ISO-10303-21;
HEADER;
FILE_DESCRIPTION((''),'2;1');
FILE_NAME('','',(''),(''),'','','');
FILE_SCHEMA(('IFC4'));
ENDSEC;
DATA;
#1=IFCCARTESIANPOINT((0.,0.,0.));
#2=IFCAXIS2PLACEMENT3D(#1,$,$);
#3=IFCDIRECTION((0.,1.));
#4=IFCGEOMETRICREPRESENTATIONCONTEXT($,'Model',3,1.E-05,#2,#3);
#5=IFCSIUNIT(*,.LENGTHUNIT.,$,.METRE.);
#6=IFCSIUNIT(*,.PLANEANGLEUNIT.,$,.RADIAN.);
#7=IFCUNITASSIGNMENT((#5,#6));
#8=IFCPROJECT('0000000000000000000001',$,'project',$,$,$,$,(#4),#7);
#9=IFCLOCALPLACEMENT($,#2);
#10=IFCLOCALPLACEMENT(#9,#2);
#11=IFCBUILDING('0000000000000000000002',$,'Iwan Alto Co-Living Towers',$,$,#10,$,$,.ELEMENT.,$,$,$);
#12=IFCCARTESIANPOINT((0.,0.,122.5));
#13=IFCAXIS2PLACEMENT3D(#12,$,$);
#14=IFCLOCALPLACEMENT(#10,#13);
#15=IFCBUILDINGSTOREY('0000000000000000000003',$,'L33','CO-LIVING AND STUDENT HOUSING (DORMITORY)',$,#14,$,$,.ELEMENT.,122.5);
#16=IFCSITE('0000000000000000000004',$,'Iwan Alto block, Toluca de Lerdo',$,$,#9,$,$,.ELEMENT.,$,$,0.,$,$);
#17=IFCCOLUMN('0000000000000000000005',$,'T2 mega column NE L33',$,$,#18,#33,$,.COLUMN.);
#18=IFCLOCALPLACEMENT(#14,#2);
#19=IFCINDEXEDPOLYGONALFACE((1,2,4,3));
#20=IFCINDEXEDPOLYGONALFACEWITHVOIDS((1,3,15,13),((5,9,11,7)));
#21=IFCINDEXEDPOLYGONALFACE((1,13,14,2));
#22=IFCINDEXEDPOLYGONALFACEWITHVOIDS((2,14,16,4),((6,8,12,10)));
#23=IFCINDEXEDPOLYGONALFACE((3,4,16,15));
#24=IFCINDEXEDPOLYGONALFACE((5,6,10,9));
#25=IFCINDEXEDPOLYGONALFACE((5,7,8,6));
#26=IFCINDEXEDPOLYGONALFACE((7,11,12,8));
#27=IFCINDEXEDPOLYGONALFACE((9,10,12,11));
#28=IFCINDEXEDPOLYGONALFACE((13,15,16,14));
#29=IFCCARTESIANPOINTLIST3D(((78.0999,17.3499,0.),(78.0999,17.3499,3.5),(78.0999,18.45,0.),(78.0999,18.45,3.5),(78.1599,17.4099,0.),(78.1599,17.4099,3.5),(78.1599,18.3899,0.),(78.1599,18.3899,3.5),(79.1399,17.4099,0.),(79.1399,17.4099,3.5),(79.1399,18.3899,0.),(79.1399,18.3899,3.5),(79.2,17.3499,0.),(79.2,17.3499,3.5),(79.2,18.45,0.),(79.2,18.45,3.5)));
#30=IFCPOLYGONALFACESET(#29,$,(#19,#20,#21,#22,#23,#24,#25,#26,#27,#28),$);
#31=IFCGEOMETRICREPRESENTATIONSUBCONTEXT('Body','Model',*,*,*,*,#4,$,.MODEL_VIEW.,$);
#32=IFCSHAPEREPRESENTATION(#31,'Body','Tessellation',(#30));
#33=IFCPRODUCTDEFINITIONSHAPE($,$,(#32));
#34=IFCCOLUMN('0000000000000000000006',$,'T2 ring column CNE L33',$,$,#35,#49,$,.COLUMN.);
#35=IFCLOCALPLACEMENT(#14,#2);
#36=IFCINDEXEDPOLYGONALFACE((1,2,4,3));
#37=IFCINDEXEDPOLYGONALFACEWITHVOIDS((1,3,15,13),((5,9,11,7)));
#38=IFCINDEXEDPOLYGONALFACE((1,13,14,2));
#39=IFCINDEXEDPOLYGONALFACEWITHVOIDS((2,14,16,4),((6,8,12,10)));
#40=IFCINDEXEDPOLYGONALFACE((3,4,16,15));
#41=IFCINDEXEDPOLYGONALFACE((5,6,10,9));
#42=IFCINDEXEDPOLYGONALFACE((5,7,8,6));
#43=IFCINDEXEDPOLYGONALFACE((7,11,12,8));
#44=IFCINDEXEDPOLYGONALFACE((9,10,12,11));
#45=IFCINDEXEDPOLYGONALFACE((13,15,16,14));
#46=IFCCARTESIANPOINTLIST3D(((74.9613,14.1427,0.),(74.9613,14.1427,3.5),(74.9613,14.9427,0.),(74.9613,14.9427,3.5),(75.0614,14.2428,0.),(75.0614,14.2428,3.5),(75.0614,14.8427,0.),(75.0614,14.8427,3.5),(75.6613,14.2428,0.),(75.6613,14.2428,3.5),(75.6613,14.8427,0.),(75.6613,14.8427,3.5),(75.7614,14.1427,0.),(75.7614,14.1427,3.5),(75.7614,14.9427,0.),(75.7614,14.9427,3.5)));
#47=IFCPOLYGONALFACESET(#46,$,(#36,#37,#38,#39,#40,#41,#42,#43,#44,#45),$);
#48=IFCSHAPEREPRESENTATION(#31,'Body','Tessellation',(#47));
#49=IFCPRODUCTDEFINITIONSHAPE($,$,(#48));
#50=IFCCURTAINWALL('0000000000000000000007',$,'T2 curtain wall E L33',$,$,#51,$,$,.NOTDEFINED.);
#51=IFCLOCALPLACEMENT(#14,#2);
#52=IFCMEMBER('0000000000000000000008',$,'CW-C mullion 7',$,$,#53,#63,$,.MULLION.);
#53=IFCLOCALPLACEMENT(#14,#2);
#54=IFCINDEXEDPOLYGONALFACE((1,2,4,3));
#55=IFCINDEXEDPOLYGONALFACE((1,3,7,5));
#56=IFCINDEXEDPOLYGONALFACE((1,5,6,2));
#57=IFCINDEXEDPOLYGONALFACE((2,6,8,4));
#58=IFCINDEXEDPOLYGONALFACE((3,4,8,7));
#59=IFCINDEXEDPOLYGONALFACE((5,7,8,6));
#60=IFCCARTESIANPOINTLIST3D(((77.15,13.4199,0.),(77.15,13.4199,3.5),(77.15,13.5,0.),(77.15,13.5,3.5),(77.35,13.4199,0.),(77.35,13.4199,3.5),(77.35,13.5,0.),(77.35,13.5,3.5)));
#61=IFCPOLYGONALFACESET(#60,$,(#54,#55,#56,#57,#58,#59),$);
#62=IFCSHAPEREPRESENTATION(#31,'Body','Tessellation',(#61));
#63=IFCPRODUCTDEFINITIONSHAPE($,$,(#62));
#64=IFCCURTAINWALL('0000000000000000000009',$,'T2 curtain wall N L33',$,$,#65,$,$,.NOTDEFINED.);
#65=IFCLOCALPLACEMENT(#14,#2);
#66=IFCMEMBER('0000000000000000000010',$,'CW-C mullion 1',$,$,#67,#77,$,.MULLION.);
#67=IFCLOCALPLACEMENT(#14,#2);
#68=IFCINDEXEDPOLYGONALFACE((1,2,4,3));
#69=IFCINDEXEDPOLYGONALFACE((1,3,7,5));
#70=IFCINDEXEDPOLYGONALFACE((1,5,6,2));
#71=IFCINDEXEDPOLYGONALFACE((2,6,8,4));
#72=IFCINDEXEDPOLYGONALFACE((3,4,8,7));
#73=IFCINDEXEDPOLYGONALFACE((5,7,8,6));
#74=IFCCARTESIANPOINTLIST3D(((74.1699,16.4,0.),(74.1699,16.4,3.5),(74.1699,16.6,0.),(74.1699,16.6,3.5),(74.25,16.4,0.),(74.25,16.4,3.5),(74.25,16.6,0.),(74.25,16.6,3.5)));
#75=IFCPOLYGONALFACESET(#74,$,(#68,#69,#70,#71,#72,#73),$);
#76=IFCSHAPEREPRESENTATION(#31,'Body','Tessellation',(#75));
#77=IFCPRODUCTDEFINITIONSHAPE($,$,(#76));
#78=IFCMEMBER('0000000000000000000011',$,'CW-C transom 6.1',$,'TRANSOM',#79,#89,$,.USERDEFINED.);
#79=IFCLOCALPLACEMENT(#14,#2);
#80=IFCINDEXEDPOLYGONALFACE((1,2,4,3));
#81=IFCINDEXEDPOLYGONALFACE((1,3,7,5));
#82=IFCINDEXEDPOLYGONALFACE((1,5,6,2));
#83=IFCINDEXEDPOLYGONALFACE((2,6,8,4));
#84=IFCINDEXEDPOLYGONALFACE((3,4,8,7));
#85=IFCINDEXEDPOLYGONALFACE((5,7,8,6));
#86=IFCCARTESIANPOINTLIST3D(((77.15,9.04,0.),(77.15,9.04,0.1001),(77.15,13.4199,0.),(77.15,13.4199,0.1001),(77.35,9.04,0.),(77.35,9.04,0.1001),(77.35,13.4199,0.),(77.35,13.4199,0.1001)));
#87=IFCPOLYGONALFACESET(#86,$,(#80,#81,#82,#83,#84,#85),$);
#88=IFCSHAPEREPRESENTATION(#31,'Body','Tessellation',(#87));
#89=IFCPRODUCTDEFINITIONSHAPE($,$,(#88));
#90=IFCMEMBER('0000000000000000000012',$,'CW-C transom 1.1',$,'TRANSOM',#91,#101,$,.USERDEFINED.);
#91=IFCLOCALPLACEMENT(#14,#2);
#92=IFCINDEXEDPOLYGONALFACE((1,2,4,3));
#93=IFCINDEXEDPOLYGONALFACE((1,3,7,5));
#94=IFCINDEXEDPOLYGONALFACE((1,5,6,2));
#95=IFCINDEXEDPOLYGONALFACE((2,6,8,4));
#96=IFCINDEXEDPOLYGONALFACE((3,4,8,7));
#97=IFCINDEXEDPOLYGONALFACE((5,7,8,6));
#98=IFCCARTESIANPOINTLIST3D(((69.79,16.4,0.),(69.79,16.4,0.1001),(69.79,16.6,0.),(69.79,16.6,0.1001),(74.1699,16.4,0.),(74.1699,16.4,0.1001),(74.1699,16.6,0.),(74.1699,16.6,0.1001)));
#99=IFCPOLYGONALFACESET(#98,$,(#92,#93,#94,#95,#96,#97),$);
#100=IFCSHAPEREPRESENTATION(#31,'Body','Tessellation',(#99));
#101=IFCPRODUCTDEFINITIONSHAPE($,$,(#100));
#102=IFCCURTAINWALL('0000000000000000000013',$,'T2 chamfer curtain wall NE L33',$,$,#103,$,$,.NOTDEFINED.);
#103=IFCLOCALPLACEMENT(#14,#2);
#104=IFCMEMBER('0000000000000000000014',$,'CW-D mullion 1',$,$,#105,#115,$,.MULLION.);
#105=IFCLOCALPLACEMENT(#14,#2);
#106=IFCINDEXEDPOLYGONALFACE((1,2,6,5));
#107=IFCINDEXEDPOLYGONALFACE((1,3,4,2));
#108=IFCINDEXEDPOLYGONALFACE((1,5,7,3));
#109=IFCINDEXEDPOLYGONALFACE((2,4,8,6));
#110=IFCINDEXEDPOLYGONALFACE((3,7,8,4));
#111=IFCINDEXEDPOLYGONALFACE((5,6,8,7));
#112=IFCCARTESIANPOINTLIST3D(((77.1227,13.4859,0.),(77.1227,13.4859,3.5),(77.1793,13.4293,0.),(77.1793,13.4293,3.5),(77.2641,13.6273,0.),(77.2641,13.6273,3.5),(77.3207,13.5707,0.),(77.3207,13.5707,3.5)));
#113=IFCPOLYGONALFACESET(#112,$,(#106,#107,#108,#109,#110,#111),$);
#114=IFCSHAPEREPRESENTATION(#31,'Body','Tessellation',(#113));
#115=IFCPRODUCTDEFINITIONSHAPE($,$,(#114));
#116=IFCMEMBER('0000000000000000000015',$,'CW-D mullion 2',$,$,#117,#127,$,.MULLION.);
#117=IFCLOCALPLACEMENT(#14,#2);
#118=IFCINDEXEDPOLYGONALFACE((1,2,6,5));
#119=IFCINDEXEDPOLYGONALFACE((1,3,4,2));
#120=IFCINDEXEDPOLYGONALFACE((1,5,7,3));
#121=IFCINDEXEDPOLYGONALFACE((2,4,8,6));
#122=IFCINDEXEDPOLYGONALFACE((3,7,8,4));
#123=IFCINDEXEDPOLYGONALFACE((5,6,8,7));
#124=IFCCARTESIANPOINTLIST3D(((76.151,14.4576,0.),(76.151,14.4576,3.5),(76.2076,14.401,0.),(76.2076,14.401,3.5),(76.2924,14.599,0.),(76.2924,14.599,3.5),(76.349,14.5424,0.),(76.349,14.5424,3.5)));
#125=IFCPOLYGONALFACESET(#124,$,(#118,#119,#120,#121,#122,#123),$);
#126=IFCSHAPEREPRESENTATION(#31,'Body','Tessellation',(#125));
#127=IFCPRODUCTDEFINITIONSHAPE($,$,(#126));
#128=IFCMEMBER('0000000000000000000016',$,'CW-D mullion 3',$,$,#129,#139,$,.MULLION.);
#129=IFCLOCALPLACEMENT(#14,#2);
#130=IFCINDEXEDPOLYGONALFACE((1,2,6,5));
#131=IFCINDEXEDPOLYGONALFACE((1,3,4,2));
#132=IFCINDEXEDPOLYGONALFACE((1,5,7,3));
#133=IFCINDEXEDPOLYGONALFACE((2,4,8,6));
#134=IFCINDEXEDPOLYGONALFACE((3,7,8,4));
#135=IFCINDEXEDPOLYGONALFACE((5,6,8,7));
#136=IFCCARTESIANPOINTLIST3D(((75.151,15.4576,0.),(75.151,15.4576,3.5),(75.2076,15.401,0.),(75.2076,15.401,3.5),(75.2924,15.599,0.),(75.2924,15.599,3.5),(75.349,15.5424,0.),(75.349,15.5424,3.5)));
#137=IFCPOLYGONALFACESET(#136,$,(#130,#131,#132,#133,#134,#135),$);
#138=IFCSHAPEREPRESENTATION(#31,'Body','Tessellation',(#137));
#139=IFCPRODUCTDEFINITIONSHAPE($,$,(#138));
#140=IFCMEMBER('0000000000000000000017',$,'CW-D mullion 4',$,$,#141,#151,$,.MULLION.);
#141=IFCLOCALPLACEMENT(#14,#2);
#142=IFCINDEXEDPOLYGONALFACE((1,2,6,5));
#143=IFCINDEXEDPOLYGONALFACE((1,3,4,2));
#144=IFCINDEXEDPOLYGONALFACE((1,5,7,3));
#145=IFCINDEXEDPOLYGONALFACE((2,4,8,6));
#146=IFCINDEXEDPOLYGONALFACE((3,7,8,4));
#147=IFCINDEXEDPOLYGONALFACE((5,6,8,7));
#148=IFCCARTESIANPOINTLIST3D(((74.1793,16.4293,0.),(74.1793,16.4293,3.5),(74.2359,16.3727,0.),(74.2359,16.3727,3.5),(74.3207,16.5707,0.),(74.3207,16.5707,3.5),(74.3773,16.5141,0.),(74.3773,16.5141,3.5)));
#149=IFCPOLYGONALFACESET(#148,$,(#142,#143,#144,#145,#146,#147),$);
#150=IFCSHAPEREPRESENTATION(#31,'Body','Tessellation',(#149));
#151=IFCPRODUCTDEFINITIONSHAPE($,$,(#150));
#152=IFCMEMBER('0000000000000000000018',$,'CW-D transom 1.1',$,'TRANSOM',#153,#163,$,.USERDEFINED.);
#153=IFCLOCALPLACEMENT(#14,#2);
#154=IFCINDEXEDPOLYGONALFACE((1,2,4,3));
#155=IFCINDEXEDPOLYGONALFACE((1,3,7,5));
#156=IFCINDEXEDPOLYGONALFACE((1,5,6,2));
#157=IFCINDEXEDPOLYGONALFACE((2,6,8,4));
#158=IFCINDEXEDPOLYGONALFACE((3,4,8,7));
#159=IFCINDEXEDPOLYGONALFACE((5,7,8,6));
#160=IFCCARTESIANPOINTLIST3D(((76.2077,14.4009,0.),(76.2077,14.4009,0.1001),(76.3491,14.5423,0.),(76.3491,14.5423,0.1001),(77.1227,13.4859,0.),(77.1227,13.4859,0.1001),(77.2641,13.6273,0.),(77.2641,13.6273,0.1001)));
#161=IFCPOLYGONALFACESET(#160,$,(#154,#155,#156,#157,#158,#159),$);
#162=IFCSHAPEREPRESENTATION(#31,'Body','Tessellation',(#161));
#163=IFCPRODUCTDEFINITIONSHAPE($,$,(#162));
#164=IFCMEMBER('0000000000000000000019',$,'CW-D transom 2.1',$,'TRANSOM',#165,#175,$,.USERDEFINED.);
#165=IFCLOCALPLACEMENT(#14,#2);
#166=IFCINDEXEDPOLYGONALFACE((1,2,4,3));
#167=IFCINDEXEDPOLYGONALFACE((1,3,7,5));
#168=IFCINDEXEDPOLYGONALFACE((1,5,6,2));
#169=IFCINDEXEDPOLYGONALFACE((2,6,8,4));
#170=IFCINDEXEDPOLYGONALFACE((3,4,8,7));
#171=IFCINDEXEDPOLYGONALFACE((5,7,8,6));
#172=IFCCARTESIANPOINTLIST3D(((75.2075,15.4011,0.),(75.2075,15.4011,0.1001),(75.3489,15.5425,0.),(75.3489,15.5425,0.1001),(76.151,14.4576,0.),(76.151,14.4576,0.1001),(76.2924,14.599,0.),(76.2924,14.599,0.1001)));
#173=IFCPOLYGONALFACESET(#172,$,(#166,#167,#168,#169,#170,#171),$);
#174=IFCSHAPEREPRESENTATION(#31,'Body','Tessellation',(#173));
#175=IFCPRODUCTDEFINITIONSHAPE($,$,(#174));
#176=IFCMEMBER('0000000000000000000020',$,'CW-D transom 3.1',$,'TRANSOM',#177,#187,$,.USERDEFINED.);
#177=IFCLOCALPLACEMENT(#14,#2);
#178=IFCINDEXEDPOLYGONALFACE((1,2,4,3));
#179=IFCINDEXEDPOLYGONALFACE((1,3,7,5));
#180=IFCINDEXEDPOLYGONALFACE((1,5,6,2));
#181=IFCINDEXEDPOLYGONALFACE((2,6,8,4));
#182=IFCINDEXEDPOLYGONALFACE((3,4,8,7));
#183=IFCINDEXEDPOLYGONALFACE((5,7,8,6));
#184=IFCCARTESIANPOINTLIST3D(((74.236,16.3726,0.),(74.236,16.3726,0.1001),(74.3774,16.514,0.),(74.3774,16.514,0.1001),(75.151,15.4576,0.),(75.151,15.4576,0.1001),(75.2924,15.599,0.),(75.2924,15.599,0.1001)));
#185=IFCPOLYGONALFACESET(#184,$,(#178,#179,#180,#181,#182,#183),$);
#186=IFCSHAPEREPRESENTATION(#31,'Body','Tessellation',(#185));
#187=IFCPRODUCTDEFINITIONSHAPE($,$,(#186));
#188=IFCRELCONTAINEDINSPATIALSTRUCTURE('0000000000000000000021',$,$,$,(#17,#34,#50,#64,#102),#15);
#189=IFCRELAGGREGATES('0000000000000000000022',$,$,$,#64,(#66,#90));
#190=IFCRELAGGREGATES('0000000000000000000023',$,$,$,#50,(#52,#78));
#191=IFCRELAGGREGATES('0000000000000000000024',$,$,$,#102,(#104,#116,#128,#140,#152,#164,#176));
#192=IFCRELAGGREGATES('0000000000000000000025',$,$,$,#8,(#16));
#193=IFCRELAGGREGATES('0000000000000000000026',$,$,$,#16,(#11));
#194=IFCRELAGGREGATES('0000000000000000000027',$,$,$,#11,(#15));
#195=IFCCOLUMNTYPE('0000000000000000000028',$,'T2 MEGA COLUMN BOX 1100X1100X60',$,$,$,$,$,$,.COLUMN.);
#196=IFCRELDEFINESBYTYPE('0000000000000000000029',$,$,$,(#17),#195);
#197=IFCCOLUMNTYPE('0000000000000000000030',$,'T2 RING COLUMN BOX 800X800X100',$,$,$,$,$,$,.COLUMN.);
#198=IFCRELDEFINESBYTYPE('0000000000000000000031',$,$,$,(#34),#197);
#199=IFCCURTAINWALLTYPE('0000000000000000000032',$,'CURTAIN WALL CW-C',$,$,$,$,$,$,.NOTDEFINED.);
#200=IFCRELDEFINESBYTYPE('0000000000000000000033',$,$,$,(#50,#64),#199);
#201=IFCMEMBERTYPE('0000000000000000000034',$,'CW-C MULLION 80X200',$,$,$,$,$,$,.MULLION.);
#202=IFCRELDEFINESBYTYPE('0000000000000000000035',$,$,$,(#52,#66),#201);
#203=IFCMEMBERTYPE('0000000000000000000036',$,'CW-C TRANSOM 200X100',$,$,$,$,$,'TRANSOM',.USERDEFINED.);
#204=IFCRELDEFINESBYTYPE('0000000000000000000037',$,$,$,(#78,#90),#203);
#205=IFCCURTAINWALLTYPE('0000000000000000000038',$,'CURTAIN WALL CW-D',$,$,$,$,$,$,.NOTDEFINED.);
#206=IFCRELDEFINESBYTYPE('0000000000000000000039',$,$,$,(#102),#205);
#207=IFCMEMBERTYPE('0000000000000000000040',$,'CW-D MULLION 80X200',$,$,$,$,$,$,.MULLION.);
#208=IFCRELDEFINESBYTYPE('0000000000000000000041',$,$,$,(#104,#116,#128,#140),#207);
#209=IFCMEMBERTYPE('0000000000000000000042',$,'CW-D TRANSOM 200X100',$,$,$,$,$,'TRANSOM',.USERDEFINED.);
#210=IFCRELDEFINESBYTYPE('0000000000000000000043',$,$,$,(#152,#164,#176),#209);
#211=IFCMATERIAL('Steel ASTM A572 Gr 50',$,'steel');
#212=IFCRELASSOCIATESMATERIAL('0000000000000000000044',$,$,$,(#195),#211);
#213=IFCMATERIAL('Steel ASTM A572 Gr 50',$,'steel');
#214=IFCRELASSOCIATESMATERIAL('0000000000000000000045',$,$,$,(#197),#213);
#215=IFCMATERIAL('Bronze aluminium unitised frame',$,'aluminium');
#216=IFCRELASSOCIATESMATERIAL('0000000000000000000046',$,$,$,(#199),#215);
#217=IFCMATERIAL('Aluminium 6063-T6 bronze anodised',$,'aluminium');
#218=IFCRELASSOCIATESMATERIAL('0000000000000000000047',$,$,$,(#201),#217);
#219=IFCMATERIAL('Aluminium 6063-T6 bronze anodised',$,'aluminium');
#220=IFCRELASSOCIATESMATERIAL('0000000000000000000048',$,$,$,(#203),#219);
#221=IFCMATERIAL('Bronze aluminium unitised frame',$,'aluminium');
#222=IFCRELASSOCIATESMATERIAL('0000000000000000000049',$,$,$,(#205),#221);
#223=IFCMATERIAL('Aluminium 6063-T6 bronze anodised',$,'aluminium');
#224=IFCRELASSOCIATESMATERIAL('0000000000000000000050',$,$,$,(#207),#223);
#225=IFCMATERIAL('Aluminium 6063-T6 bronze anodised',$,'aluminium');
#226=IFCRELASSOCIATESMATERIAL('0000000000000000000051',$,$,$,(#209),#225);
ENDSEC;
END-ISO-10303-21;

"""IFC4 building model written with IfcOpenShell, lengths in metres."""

from ifc_helpers import new_model, si_unit, direction, frame, origin, origin_2d, place, context, subcontext, project, spatial, rectangle, hollow_rectangle, extrude, material, material_profile, profile_set, type_object, element, aggregate, save


model = new_model("IFC4")

# Units and contexts
model_context = context("Model", 3, precision=1e-05, world=origin(), true_north=direction((0.0, 1.0)))
body_context = subcontext(model_context, "Body", "Model", "MODEL_VIEW")
ifc_project = project(units=[si_unit("LENGTHUNIT", "METRE"), si_unit("PLANEANGLEUNIT", "RADIAN")], contexts=[model_context])

# Site, building, storey
site_placement = place(None, origin())
site = spatial("IfcSite", under=ifc_project, at=site_placement, Name="Iwan Alto block, Toluca de Lerdo", CompositionType="ELEMENT", RefElevation=0.0)
building_placement = place(site_placement, origin())
building = spatial("IfcBuilding", under=site, at=building_placement, Name="Iwan Alto Co-Living Towers", CompositionType="ELEMENT")
storey_placement = place(building_placement, frame((0.0, 0.0, 122.5)))
storey = spatial("IfcBuildingStorey", under=building, at=storey_placement, Name="L33", Description="CO-LIVING AND STUDENT HOUSING (DORMITORY)", CompositionType="ELEMENT", Elevation=122.5)

# Columns
ifc_material_1 = material(Name="Steel ASTM A572 Gr 50", Category="steel")
ifc_material_profile_1 = material_profile(ifc_material_1, hollow_rectangle(XDim=1.1001, YDim=1.1001, WallThickness=0.0601, at=origin_2d()), Name="BOX 1100X1100X60")
ifc_profile_set_1 = profile_set([ifc_material_profile_1], Name="Steel ASTM A572 Gr 50")
column_type_1 = type_object("IfcColumnType", Name="T2 MEGA COLUMN BOX 1100X1100X60", PredefinedType="COLUMN", material=ifc_profile_set_1)
column_1_placement = place(storey_placement, frame((78.6499, 17.8999, 0.0), z_axis=(0.0, 0.0, 1.0), x_axis=(1.0, 0.0, 0.0)))
element("IfcColumn", 1, at=column_1_placement, inside=storey, type_object=column_type_1, Name="T2 mega column NE L33", PredefinedType="COLUMN", context=body_context, shape_type="SweptSolid", body=[
    extrude(hollow_rectangle(XDim=1.1001, YDim=1.1001, WallThickness=0.0601, at=origin_2d()), origin(), (0.0, 0.0, 1.0), 3.5),
])
ifc_material_2 = material(Name="Steel ASTM A572 Gr 50", Category="steel")
ifc_material_profile_2 = material_profile(ifc_material_2, hollow_rectangle(XDim=0.8, YDim=0.8, WallThickness=0.1001, at=origin_2d()), Name="BOX 800X800X100")
ifc_profile_set_2 = profile_set([ifc_material_profile_2], Name="Steel ASTM A572 Gr 50")
column_type_2 = type_object("IfcColumnType", Name="T2 RING COLUMN BOX 800X800X100", PredefinedType="COLUMN", material=ifc_profile_set_2)
column_2_placement = place(storey_placement, frame((75.3613, 14.5427, 0.0), z_axis=(0.0, 0.0, 1.0), x_axis=(1.0, 0.0, 0.0)))
element("IfcColumn", 2, at=column_2_placement, inside=storey, type_object=column_type_2, Name="T2 ring column CNE L33", PredefinedType="COLUMN", context=body_context, shape_type="SweptSolid", body=[
    extrude(hollow_rectangle(XDim=0.8, YDim=0.8, WallThickness=0.1001, at=origin_2d()), origin(), (0.0, 0.0, 1.0), 3.5),
])

# Curtain walls, members
ifc_material_3 = material(Name="Bronze aluminium unitised frame", Category="aluminium")
curtain_wall_type_1 = type_object("IfcCurtainWallType", Name="CURTAIN WALL CW-C", PredefinedType="NOTDEFINED", material=ifc_material_3)
curtain_wall_1_placement = place(storey_placement, origin())
curtain_wall_1 = element("IfcCurtainWall", 3, at=curtain_wall_1_placement, inside=storey, type_object=curtain_wall_type_1, Name="T2 curtain wall E L33", PredefinedType="NOTDEFINED")
ifc_material_4 = material(Name="Aluminium 6063-T6 bronze anodised", Category="aluminium")
ifc_material_profile_3 = material_profile(ifc_material_4, rectangle(XDim=0.2, YDim=0.0801, at=origin_2d()), Name="AL 80X200")
ifc_profile_set_3 = profile_set([ifc_material_profile_3], Name="Aluminium 6063-T6 bronze anodised")
member_type_1 = type_object("IfcMemberType", Name="CW-C MULLION 80X200", PredefinedType="MULLION", material=ifc_profile_set_3)
member_1_placement = place(storey_placement, frame((77.25, 13.46, 0.0), z_axis=(0.0, 0.0, 1.0), x_axis=(-1.0, 0.0, 0.0)))
member_1 = element("IfcMember", 4, at=member_1_placement, type_object=member_type_1, Name="CW-C mullion 7", PredefinedType="MULLION", context=body_context, shape_type="SweptSolid", body=[
    extrude(rectangle(XDim=0.2, YDim=0.0801, at=origin_2d()), origin(), (0.0, 0.0, 1.0), 3.5),
])
curtain_wall_2_placement = place(storey_placement, origin())
curtain_wall_2 = element("IfcCurtainWall", 5, at=curtain_wall_2_placement, inside=storey, type_object=curtain_wall_type_1, Name="T2 curtain wall N L33", PredefinedType="NOTDEFINED")
member_2_placement = place(storey_placement, frame((74.21, 16.5, 0.0), z_axis=(0.0, 0.0, 1.0), x_axis=(0.0, -1.0, 0.0)))
member_2 = element("IfcMember", 6, at=member_2_placement, type_object=member_type_1, Name="CW-C mullion 1", PredefinedType="MULLION", context=body_context, shape_type="SweptSolid", body=[
    extrude(rectangle(XDim=0.2, YDim=0.0801, at=origin_2d()), origin(), (0.0, 0.0, 1.0), 3.5),
])

# Members
ifc_material_5 = material(Name="Aluminium 6063-T6 bronze anodised", Category="aluminium")
ifc_material_profile_4 = material_profile(ifc_material_5, rectangle(XDim=0.2, YDim=0.1001, at=origin_2d()), Name="AL 200X100")
ifc_profile_set_4 = profile_set([ifc_material_profile_4], Name="Aluminium 6063-T6 bronze anodised")
member_type_2 = type_object("IfcMemberType", Name="CW-C TRANSOM 200X100", ElementType="TRANSOM", PredefinedType="USERDEFINED", material=ifc_profile_set_4)
member_3_placement = place(storey_placement, frame((77.25, 9.04, 0.05), z_axis=(0.0, 1.0, 0.0), x_axis=(-1.0, 0.0, 0.0)))
member_3 = element("IfcMember", 7, at=member_3_placement, type_object=member_type_2, Name="CW-C transom 6.1", ObjectType="TRANSOM", PredefinedType="USERDEFINED", context=body_context, shape_type="SweptSolid", body=[
    extrude(rectangle(XDim=0.2, YDim=0.1001, at=origin_2d()), origin(), (0.0, 0.0, 1.0), 4.3799),
])
member_4_placement = place(storey_placement, frame((74.1699, 16.5, 0.05), z_axis=(-1.0, 0.0, 0.0), x_axis=(0.0, -1.0, 0.0)))
member_4 = element("IfcMember", 8, at=member_4_placement, type_object=member_type_2, Name="CW-C transom 1.1", ObjectType="TRANSOM", PredefinedType="USERDEFINED", context=body_context, shape_type="SweptSolid", body=[
    extrude(rectangle(XDim=0.2, YDim=0.1001, at=origin_2d()), origin(), (0.0, 0.0, 1.0), 4.3799),
])
aggregate(curtain_wall_2, [member_2, member_4])

# Curtain wall, members
ifc_material_6 = material(Name="Bronze aluminium unitised frame", Category="aluminium")
curtain_wall_type_2 = type_object("IfcCurtainWallType", Name="CURTAIN WALL CW-D", PredefinedType="NOTDEFINED", material=ifc_material_6)
curtain_wall_3_placement = place(storey_placement, origin())
curtain_wall_3 = element("IfcCurtainWall", 9, at=curtain_wall_3_placement, inside=storey, type_object=curtain_wall_type_2, Name="T2 chamfer curtain wall NE L33", PredefinedType="NOTDEFINED")
ifc_material_7 = material(Name="Aluminium 6063-T6 bronze anodised", Category="aluminium")
ifc_material_profile_5 = material_profile(ifc_material_7, rectangle(XDim=0.2, YDim=0.0801, at=origin_2d()), Name="AL 80X200")
ifc_profile_set_5 = profile_set([ifc_material_profile_5], Name="Aluminium 6063-T6 bronze anodised")
member_type_3 = type_object("IfcMemberType", Name="CW-D MULLION 80X200", PredefinedType="MULLION", material=ifc_profile_set_5)
member_5_placement = place(storey_placement, frame((77.2217, 13.5283, 0.0), z_axis=(0.0, 0.0, 1.0), x_axis=(-0.707107, -0.707107, 0.0)))
member_5 = element("IfcMember", 10, at=member_5_placement, type_object=member_type_3, Name="CW-D mullion 1", PredefinedType="MULLION", context=body_context, shape_type="SweptSolid", body=[
    extrude(rectangle(XDim=0.2, YDim=0.0801, at=origin_2d()), origin(), (0.0, 0.0, 1.0), 3.5),
])
member_6_placement = place(storey_placement, frame((76.25, 14.5, 0.0), z_axis=(0.0, 0.0, 1.0), x_axis=(-0.707107, -0.707107, 0.0)))
member_6 = element("IfcMember", 11, at=member_6_placement, type_object=member_type_3, Name="CW-D mullion 2", PredefinedType="MULLION", context=body_context, shape_type="SweptSolid", body=[
    extrude(rectangle(XDim=0.2, YDim=0.0801, at=origin_2d()), origin(), (0.0, 0.0, 1.0), 3.5),
])
member_7_placement = place(storey_placement, frame((75.25, 15.5, 0.0), z_axis=(0.0, 0.0, 1.0), x_axis=(-0.707107, -0.707107, 0.0)))
member_7 = element("IfcMember", 12, at=member_7_placement, type_object=member_type_3, Name="CW-D mullion 3", PredefinedType="MULLION", context=body_context, shape_type="SweptSolid", body=[
    extrude(rectangle(XDim=0.2, YDim=0.0801, at=origin_2d()), origin(), (0.0, 0.0, 1.0), 3.5),
])
member_8_placement = place(storey_placement, frame((74.2783, 16.4717, 0.0), z_axis=(0.0, 0.0, 1.0), x_axis=(-0.707107, -0.707107, 0.0)))
member_8 = element("IfcMember", 13, at=member_8_placement, type_object=member_type_3, Name="CW-D mullion 4", PredefinedType="MULLION", context=body_context, shape_type="SweptSolid", body=[
    extrude(rectangle(XDim=0.2, YDim=0.0801, at=origin_2d()), origin(), (0.0, 0.0, 1.0), 3.5),
])
ifc_material_8 = material(Name="Aluminium 6063-T6 bronze anodised", Category="aluminium")
ifc_material_profile_6 = material_profile(ifc_material_8, rectangle(XDim=0.2, YDim=0.1001, at=origin_2d()), Name="AL 200X100")
ifc_profile_set_6 = profile_set([ifc_material_profile_6], Name="Aluminium 6063-T6 bronze anodised")
member_type_4 = type_object("IfcMemberType", Name="CW-D TRANSOM 200X100", ElementType="TRANSOM", PredefinedType="USERDEFINED", material=ifc_profile_set_6)
member_9_placement = place(storey_placement, frame((77.1934, 13.5566, 0.05), z_axis=(-0.707107, 0.707107, 0.0), x_axis=(-0.707107, -0.707107, 0.0)))
member_9 = element("IfcMember", 14, at=member_9_placement, type_object=member_type_4, Name="CW-D transom 1.1", ObjectType="TRANSOM", PredefinedType="USERDEFINED", context=body_context, shape_type="SweptSolid", body=[
    extrude(rectangle(XDim=0.2, YDim=0.1001, at=origin_2d()), origin(), (0.0, 0.0, 1.0), 1.2939),
])
member_10_placement = place(storey_placement, frame((76.2217, 14.5283, 0.05), z_axis=(-0.707107, 0.707107, 0.0), x_axis=(-0.707107, -0.707107, 0.0)))
member_10 = element("IfcMember", 15, at=member_10_placement, type_object=member_type_4, Name="CW-D transom 2.1", ObjectType="TRANSOM", PredefinedType="USERDEFINED", context=body_context, shape_type="SweptSolid", body=[
    extrude(rectangle(XDim=0.2, YDim=0.1001, at=origin_2d()), origin(), (0.0, 0.0, 1.0), 1.3342),
])
member_11_placement = place(storey_placement, frame((75.2217, 15.5283, 0.05), z_axis=(-0.707107, 0.707107, 0.0), x_axis=(-0.707107, -0.707107, 0.0)))
member_11 = element("IfcMember", 16, at=member_11_placement, type_object=member_type_4, Name="CW-D transom 3.1", ObjectType="TRANSOM", PredefinedType="USERDEFINED", context=body_context, shape_type="SweptSolid", body=[
    extrude(rectangle(XDim=0.2, YDim=0.1001, at=origin_2d()), origin(), (0.0, 0.0, 1.0), 1.2939),
])

aggregate(curtain_wall_1, [member_1, member_3])
aggregate(curtain_wall_3, [member_5, member_6, member_7, member_8, member_9, member_10, member_11])

save(model, "model.ifc")
